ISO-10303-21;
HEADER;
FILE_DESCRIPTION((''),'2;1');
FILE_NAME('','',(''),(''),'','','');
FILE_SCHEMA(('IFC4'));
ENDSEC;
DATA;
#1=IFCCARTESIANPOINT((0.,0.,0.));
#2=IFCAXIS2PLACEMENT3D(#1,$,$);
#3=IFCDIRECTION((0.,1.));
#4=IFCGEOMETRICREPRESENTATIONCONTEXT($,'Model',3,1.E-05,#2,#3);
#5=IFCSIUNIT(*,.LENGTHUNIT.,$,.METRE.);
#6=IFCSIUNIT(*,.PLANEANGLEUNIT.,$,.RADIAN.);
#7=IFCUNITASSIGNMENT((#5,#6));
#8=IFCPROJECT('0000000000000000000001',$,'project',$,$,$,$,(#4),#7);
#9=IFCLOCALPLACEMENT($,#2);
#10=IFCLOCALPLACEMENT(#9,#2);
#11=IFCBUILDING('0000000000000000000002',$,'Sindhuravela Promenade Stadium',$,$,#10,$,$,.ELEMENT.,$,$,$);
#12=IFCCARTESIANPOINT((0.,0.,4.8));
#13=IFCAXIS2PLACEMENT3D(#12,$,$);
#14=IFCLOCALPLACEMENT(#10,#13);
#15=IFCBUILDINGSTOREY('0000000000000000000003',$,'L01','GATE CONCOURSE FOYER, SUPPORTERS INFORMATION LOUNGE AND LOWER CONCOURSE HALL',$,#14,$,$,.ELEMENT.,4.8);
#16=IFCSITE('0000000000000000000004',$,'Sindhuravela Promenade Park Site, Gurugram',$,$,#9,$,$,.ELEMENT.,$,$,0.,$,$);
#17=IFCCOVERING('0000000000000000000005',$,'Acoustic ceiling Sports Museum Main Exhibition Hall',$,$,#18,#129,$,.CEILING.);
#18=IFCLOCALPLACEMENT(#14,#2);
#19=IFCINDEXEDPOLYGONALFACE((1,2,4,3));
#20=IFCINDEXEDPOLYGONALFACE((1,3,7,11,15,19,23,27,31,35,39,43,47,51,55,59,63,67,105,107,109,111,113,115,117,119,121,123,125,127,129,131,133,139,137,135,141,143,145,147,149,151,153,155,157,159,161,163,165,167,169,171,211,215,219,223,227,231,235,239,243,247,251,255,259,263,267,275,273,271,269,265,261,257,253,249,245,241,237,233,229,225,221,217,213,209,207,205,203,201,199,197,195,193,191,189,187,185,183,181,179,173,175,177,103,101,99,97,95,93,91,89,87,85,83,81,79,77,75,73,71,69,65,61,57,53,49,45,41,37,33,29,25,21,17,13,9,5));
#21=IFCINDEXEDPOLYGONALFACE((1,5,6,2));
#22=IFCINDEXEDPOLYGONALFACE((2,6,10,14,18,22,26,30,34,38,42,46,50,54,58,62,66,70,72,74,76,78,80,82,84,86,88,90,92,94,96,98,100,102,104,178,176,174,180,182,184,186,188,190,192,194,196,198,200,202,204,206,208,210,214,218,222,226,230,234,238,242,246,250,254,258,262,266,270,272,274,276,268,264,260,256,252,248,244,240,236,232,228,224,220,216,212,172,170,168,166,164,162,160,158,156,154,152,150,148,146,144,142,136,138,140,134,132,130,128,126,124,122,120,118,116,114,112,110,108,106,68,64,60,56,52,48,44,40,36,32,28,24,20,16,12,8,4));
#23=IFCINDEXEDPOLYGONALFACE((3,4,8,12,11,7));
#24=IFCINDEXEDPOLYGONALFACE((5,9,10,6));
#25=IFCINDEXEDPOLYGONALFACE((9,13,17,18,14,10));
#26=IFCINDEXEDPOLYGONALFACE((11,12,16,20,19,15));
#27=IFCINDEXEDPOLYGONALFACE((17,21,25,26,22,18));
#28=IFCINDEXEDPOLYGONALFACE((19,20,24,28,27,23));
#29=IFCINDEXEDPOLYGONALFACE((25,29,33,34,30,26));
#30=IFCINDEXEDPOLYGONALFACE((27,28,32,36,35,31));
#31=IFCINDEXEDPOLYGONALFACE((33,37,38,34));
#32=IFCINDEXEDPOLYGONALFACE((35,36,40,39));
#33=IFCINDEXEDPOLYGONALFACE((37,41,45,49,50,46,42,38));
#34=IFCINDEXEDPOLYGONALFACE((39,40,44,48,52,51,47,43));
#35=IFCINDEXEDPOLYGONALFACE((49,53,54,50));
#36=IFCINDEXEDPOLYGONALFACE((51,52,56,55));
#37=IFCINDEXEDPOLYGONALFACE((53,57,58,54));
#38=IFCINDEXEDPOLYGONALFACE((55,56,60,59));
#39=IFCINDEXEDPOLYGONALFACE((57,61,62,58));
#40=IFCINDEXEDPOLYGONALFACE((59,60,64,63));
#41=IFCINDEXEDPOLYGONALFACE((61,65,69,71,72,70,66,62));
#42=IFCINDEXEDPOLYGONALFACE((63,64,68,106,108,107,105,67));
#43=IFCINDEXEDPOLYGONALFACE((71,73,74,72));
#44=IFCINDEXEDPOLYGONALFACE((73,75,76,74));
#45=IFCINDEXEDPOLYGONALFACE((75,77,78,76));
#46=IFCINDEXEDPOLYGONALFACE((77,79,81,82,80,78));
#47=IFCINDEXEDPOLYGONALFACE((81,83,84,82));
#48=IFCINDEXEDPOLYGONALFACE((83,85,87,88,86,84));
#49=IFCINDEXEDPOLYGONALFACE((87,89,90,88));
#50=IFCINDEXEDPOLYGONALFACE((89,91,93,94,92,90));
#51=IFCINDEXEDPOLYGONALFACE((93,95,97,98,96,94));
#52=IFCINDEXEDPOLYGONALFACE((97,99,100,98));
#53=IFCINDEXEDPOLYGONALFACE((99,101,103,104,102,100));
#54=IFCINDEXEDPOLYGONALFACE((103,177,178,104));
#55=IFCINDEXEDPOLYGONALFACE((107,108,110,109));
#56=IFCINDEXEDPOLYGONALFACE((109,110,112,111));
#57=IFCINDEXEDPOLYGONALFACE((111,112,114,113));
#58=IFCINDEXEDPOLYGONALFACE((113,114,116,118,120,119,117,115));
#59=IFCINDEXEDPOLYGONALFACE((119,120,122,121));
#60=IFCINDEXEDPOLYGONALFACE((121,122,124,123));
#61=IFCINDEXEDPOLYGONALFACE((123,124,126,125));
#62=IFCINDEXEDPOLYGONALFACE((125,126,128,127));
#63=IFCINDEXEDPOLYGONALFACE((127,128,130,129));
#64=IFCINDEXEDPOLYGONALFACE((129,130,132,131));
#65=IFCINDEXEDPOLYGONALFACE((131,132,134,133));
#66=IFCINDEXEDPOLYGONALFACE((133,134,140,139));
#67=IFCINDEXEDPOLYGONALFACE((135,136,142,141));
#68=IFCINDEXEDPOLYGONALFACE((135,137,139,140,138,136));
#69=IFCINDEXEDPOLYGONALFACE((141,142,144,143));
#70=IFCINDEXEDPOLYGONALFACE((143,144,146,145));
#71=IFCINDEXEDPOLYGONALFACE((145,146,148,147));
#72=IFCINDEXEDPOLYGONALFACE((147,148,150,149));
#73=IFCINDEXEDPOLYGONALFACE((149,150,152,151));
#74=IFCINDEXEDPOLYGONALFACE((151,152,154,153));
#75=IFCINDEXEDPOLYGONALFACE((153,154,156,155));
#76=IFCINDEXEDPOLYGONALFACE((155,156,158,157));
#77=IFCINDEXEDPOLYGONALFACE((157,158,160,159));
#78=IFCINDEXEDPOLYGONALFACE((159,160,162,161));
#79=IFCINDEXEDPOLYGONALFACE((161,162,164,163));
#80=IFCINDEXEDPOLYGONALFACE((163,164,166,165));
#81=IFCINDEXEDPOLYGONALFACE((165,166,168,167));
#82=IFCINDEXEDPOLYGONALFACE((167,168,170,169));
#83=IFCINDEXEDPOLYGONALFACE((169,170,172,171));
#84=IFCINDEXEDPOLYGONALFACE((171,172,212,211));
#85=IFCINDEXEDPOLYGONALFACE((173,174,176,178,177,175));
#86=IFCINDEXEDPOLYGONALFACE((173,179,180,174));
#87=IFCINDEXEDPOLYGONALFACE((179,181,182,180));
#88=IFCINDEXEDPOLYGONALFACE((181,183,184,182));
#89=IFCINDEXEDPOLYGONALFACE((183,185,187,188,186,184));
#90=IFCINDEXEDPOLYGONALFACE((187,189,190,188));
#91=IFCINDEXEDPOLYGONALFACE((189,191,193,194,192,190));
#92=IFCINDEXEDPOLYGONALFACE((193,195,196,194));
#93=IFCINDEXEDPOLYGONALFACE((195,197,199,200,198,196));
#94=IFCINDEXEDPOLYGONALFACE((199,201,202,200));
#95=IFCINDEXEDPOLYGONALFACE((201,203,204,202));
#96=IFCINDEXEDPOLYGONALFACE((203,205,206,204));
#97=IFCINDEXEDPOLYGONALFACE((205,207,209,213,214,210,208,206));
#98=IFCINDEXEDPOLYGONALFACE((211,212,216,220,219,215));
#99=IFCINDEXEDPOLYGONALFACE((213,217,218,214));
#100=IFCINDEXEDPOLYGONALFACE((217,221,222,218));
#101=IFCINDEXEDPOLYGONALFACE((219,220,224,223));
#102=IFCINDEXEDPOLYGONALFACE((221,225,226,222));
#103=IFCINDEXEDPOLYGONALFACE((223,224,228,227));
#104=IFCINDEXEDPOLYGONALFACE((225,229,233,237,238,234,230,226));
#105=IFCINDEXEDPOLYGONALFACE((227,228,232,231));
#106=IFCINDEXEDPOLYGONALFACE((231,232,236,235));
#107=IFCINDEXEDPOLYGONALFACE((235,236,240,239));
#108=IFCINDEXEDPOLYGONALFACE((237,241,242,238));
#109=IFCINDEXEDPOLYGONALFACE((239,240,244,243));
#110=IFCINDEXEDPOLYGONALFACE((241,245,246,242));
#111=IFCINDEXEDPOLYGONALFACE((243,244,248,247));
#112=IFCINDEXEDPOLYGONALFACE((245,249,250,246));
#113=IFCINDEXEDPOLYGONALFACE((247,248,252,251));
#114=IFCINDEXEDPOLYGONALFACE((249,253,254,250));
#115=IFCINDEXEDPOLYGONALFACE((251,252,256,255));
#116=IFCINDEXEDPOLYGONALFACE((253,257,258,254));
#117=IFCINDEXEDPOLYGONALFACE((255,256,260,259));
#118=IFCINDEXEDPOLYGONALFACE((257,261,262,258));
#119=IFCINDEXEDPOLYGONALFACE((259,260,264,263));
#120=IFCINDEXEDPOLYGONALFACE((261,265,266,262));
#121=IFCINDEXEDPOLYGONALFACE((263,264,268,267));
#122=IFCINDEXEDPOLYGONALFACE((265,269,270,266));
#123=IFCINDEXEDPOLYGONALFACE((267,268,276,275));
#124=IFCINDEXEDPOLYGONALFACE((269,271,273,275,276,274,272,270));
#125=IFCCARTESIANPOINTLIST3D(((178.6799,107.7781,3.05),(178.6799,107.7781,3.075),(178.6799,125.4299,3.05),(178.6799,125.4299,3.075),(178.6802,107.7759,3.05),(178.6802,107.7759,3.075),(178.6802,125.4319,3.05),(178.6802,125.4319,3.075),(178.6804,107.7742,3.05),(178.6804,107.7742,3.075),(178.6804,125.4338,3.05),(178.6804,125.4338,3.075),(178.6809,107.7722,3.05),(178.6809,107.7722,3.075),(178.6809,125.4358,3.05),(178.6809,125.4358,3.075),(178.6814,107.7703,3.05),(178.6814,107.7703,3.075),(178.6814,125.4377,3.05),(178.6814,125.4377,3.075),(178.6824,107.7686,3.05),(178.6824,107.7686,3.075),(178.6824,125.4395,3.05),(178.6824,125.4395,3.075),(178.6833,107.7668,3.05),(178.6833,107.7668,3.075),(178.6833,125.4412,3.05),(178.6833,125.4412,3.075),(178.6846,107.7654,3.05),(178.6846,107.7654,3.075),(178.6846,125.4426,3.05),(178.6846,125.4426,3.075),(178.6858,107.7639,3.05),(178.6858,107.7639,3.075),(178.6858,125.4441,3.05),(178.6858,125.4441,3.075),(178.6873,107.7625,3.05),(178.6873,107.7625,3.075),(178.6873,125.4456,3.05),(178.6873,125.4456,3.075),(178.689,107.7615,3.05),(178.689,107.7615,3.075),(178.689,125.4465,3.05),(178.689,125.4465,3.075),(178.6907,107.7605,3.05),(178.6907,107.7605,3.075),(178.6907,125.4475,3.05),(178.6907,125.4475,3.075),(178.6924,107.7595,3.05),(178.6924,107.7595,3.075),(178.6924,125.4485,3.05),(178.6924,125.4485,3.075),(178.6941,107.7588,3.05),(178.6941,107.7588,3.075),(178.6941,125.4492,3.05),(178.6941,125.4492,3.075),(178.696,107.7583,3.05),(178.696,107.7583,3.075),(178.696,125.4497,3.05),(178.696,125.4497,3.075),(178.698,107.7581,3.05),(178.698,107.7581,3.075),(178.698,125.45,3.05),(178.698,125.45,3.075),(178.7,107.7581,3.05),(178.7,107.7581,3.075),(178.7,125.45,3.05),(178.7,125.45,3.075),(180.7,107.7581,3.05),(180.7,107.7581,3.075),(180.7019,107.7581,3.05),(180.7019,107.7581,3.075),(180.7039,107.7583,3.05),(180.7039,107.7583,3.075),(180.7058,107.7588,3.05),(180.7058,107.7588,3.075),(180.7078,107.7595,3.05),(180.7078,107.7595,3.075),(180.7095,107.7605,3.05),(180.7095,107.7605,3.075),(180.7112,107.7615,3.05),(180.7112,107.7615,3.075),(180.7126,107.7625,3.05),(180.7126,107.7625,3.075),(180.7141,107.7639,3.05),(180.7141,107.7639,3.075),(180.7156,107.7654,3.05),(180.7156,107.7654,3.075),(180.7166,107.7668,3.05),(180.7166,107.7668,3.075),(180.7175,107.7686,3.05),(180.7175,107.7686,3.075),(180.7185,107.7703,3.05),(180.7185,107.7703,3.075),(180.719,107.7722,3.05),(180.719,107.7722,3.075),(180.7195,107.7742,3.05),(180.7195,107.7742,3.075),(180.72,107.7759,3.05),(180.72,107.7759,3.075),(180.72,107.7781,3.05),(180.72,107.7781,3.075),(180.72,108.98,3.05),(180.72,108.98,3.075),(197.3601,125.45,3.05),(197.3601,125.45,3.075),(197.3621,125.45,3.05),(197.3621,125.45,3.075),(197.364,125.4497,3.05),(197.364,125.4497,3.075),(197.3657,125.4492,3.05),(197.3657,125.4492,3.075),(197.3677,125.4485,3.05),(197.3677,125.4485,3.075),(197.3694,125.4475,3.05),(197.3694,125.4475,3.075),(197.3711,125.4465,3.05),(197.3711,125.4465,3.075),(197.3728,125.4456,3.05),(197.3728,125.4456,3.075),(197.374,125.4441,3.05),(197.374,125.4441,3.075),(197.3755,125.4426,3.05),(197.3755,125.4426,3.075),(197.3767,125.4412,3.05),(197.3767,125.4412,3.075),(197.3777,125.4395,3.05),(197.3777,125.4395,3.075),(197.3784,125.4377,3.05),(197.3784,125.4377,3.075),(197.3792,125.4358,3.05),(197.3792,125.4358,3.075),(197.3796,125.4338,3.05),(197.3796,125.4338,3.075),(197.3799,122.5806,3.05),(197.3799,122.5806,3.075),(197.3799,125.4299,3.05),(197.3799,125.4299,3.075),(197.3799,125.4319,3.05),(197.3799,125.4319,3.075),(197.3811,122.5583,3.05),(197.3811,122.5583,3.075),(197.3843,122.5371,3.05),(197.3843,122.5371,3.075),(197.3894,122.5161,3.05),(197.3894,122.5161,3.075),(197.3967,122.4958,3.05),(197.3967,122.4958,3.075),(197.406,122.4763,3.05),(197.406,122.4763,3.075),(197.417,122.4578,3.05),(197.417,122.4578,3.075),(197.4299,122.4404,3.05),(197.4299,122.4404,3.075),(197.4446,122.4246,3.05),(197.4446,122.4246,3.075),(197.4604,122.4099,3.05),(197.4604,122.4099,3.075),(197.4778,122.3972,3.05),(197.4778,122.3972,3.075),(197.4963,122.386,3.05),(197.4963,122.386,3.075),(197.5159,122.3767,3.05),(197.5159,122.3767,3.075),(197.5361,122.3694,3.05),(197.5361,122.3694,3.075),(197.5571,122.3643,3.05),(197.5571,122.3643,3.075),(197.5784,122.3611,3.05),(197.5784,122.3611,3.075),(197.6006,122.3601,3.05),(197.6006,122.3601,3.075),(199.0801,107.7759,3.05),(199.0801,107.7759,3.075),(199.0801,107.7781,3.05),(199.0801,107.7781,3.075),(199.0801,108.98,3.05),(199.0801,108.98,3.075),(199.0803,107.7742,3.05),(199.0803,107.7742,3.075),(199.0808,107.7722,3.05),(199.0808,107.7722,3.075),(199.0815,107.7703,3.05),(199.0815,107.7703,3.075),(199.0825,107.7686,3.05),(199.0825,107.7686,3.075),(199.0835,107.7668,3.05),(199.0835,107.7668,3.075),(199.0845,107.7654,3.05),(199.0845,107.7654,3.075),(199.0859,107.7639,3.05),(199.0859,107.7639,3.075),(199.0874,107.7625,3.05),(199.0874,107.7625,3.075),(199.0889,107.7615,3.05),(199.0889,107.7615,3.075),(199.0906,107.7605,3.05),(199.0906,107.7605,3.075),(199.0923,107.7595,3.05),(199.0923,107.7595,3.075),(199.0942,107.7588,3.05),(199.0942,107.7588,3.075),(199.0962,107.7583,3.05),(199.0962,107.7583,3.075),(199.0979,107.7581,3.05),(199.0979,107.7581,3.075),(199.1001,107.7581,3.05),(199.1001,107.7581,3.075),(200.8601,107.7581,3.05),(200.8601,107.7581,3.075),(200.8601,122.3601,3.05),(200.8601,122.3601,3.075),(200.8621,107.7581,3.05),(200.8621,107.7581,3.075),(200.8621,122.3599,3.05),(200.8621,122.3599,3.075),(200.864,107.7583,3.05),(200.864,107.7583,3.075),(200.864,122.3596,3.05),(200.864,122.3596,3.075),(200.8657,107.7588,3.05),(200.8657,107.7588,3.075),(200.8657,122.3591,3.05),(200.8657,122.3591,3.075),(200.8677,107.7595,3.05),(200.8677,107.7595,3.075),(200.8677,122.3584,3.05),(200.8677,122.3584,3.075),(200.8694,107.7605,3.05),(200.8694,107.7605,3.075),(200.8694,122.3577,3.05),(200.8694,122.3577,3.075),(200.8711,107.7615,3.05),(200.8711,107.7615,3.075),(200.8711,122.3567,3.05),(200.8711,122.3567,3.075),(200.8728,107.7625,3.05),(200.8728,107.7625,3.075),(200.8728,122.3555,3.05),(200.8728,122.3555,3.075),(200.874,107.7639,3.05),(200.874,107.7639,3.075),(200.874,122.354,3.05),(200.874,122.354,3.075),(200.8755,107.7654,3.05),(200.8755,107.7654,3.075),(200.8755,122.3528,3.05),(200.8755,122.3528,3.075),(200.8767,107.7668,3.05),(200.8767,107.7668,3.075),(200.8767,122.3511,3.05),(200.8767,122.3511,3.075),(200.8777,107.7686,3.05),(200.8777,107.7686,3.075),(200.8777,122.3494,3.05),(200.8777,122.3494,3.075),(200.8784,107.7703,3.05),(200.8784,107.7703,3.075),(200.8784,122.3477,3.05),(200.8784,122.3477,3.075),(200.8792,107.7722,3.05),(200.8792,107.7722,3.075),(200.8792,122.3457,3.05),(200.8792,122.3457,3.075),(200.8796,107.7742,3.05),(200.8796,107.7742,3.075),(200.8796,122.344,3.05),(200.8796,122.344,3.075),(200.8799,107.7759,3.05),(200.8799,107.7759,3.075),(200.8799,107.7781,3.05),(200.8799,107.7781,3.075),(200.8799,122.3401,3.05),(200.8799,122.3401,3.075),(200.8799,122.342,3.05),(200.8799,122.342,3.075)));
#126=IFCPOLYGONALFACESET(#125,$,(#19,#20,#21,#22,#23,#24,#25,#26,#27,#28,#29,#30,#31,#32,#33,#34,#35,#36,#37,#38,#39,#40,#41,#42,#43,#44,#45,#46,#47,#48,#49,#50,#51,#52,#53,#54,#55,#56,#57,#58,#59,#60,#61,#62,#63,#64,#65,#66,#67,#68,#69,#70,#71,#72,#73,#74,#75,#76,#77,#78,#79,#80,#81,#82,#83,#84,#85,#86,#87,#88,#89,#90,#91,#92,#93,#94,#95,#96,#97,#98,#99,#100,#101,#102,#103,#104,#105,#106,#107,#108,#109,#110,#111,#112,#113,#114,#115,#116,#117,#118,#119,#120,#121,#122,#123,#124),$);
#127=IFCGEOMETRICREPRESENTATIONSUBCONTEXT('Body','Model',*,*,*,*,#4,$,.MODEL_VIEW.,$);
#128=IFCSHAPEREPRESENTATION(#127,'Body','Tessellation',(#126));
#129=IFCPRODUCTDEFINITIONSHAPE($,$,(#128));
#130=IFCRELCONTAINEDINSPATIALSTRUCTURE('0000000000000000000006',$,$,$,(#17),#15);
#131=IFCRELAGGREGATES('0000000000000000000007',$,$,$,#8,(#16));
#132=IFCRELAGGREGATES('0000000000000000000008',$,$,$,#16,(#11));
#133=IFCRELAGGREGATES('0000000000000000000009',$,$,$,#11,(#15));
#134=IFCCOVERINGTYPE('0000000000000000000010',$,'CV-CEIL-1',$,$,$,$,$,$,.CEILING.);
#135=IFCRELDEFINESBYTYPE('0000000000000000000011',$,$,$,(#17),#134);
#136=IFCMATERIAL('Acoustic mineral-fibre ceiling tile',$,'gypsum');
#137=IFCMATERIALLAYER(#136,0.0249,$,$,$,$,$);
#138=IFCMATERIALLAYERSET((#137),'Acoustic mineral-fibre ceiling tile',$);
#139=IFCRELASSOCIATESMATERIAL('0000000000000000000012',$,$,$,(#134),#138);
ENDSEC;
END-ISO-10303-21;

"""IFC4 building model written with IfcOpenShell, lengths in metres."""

from ifc_helpers import new_model, si_unit, direction, frame, origin, place, context, subcontext, project, spatial, polyline, outline, extrude, material, layer, layer_set, type_object, element, save


model = new_model("IFC4")

# Units and contexts
model_context = context("Model", 3, precision=1e-05, world=origin(), true_north=direction((0.0, 1.0)))
body_context = subcontext(model_context, "Body", "Model", "MODEL_VIEW")
ifc_project = project(units=[si_unit("LENGTHUNIT", "METRE"), si_unit("PLANEANGLEUNIT", "RADIAN")], contexts=[model_context])

# Site, building, storey
site_placement = place(None, origin())
site = spatial("IfcSite", under=ifc_project, at=site_placement, Name="Sindhuravela Promenade Park Site, Gurugram", CompositionType="ELEMENT", RefElevation=0.0)
building_placement = place(site_placement, origin())
building = spatial("IfcBuilding", under=site, at=building_placement, Name="Sindhuravela Promenade Stadium", CompositionType="ELEMENT")
storey_placement = place(building_placement, frame((0.0, 0.0, 4.8)))
storey = spatial("IfcBuildingStorey", under=building, at=storey_placement, Name="L01", Description="GATE CONCOURSE FOYER, SUPPORTERS INFORMATION LOUNGE AND LOWER CONCOURSE HALL", CompositionType="ELEMENT", Elevation=4.8)

# Covering
ifc_material_1 = material(Name="Acoustic mineral-fibre ceiling tile", Category="gypsum")
ifc_layer_1 = layer(ifc_material_1, 0.0249)
ifc_layer_set_1 = layer_set([ifc_layer_1], Name="Acoustic mineral-fibre ceiling tile")
covering_type_1 = type_object("IfcCoveringType", Name="CV-CEIL-1", PredefinedType="CEILING", material=ifc_layer_set_1)
covering_1_placement = place(storey_placement, frame((0.0, 0.0, 3.05)))
element("IfcCovering", 1, at=covering_1_placement, inside=storey, type_object=covering_type_1, Name="Acoustic ceiling Sports Museum Main Exhibition Hall", PredefinedType="CEILING", context=body_context, shape_type="SweptSolid", body=[
    extrude(outline(polyline([(178.6799, 125.4299), (178.6802, 125.4319), (178.6804, 125.4338), (178.6809, 125.4358), (178.6814, 125.4377), (178.6824, 125.4395), (178.6833, 125.4412), (178.6846, 125.4426), (178.6858, 125.4441), (178.6873, 125.4456), (178.689, 125.4465), (178.6907, 125.4475), (178.6924, 125.4485), (178.6941, 125.4492), (178.696, 125.4497), (178.698, 125.45), (178.7, 125.45), (197.3601, 125.45), (197.3621, 125.45), (197.364, 125.4497), (197.3657, 125.4492), (197.3677, 125.4485), (197.3694, 125.4475), (197.3711, 125.4465), (197.3728, 125.4456), (197.374, 125.4441), (197.3755, 125.4426), (197.3767, 125.4412), (197.3777, 125.4395), (197.3784, 125.4377), (197.3792, 125.4358), (197.3796, 125.4338), (197.3799, 125.4319), (197.3799, 125.4299), (197.3799, 122.5806), (197.3811, 122.5583), (197.3843, 122.5371), (197.3894, 122.5161), (197.3967, 122.4958), (197.406, 122.4763), (197.417, 122.4578), (197.4299, 122.4404), (197.4446, 122.4246), (197.4604, 122.4099), (197.4778, 122.3972), (197.4963, 122.386), (197.5159, 122.3767), (197.5361, 122.3694), (197.5571, 122.3643), (197.5784, 122.3611), (197.6006, 122.3601), (200.8601, 122.3601), (200.8621, 122.3599), (200.864, 122.3596), (200.8657, 122.3591), (200.8677, 122.3584), (200.8694, 122.3577), (200.8711, 122.3567), (200.8728, 122.3555), (200.874, 122.354), (200.8755, 122.3528), (200.8767, 122.3511), (200.8777, 122.3494), (200.8784, 122.3477), (200.8792, 122.3457), (200.8796, 122.344), (200.8799, 122.342), (200.8799, 122.3401), (200.8799, 107.7781), (200.8799, 107.7759), (200.8796, 107.7742), (200.8792, 107.7722), (200.8784, 107.7703), (200.8777, 107.7686), (200.8767, 107.7668), (200.8755, 107.7654), (200.874, 107.7639), (200.8728, 107.7625), (200.8711, 107.7615), (200.8694, 107.7605), (200.8677, 107.7595), (200.8657, 107.7588), (200.864, 107.7583), (200.8621, 107.7581), (200.8601, 107.7581), (199.1001, 107.7581), (199.0979, 107.7581), (199.0962, 107.7583), (199.0942, 107.7588), (199.0923, 107.7595), (199.0906, 107.7605), (199.0889, 107.7615), (199.0874, 107.7625), (199.0859, 107.7639), (199.0845, 107.7654), (199.0835, 107.7668), (199.0825, 107.7686), (199.0815, 107.7703), (199.0808, 107.7722), (199.0803, 107.7742), (199.0801, 107.7759), (199.0801, 107.7781), (199.0801, 108.98), (180.72, 108.98), (180.72, 107.7781), (180.72, 107.7759), (180.7195, 107.7742), (180.719, 107.7722), (180.7185, 107.7703), (180.7175, 107.7686), (180.7166, 107.7668), (180.7156, 107.7654), (180.7141, 107.7639), (180.7126, 107.7625), (180.7112, 107.7615), (180.7095, 107.7605), (180.7078, 107.7595), (180.7058, 107.7588), (180.7039, 107.7583), (180.7019, 107.7581), (180.7, 107.7581), (178.7, 107.7581), (178.698, 107.7581), (178.696, 107.7583), (178.6941, 107.7588), (178.6924, 107.7595), (178.6907, 107.7605), (178.689, 107.7615), (178.6873, 107.7625), (178.6858, 107.7639), (178.6846, 107.7654), (178.6833, 107.7668), (178.6824, 107.7686), (178.6814, 107.7703), (178.6809, 107.7722), (178.6804, 107.7742), (178.6802, 107.7759), (178.6799, 107.7781), (178.6799, 125.4299)])), origin(), (0.0, 0.0, 1.0), 0.0249),
])

save(model, "model.ifc")
